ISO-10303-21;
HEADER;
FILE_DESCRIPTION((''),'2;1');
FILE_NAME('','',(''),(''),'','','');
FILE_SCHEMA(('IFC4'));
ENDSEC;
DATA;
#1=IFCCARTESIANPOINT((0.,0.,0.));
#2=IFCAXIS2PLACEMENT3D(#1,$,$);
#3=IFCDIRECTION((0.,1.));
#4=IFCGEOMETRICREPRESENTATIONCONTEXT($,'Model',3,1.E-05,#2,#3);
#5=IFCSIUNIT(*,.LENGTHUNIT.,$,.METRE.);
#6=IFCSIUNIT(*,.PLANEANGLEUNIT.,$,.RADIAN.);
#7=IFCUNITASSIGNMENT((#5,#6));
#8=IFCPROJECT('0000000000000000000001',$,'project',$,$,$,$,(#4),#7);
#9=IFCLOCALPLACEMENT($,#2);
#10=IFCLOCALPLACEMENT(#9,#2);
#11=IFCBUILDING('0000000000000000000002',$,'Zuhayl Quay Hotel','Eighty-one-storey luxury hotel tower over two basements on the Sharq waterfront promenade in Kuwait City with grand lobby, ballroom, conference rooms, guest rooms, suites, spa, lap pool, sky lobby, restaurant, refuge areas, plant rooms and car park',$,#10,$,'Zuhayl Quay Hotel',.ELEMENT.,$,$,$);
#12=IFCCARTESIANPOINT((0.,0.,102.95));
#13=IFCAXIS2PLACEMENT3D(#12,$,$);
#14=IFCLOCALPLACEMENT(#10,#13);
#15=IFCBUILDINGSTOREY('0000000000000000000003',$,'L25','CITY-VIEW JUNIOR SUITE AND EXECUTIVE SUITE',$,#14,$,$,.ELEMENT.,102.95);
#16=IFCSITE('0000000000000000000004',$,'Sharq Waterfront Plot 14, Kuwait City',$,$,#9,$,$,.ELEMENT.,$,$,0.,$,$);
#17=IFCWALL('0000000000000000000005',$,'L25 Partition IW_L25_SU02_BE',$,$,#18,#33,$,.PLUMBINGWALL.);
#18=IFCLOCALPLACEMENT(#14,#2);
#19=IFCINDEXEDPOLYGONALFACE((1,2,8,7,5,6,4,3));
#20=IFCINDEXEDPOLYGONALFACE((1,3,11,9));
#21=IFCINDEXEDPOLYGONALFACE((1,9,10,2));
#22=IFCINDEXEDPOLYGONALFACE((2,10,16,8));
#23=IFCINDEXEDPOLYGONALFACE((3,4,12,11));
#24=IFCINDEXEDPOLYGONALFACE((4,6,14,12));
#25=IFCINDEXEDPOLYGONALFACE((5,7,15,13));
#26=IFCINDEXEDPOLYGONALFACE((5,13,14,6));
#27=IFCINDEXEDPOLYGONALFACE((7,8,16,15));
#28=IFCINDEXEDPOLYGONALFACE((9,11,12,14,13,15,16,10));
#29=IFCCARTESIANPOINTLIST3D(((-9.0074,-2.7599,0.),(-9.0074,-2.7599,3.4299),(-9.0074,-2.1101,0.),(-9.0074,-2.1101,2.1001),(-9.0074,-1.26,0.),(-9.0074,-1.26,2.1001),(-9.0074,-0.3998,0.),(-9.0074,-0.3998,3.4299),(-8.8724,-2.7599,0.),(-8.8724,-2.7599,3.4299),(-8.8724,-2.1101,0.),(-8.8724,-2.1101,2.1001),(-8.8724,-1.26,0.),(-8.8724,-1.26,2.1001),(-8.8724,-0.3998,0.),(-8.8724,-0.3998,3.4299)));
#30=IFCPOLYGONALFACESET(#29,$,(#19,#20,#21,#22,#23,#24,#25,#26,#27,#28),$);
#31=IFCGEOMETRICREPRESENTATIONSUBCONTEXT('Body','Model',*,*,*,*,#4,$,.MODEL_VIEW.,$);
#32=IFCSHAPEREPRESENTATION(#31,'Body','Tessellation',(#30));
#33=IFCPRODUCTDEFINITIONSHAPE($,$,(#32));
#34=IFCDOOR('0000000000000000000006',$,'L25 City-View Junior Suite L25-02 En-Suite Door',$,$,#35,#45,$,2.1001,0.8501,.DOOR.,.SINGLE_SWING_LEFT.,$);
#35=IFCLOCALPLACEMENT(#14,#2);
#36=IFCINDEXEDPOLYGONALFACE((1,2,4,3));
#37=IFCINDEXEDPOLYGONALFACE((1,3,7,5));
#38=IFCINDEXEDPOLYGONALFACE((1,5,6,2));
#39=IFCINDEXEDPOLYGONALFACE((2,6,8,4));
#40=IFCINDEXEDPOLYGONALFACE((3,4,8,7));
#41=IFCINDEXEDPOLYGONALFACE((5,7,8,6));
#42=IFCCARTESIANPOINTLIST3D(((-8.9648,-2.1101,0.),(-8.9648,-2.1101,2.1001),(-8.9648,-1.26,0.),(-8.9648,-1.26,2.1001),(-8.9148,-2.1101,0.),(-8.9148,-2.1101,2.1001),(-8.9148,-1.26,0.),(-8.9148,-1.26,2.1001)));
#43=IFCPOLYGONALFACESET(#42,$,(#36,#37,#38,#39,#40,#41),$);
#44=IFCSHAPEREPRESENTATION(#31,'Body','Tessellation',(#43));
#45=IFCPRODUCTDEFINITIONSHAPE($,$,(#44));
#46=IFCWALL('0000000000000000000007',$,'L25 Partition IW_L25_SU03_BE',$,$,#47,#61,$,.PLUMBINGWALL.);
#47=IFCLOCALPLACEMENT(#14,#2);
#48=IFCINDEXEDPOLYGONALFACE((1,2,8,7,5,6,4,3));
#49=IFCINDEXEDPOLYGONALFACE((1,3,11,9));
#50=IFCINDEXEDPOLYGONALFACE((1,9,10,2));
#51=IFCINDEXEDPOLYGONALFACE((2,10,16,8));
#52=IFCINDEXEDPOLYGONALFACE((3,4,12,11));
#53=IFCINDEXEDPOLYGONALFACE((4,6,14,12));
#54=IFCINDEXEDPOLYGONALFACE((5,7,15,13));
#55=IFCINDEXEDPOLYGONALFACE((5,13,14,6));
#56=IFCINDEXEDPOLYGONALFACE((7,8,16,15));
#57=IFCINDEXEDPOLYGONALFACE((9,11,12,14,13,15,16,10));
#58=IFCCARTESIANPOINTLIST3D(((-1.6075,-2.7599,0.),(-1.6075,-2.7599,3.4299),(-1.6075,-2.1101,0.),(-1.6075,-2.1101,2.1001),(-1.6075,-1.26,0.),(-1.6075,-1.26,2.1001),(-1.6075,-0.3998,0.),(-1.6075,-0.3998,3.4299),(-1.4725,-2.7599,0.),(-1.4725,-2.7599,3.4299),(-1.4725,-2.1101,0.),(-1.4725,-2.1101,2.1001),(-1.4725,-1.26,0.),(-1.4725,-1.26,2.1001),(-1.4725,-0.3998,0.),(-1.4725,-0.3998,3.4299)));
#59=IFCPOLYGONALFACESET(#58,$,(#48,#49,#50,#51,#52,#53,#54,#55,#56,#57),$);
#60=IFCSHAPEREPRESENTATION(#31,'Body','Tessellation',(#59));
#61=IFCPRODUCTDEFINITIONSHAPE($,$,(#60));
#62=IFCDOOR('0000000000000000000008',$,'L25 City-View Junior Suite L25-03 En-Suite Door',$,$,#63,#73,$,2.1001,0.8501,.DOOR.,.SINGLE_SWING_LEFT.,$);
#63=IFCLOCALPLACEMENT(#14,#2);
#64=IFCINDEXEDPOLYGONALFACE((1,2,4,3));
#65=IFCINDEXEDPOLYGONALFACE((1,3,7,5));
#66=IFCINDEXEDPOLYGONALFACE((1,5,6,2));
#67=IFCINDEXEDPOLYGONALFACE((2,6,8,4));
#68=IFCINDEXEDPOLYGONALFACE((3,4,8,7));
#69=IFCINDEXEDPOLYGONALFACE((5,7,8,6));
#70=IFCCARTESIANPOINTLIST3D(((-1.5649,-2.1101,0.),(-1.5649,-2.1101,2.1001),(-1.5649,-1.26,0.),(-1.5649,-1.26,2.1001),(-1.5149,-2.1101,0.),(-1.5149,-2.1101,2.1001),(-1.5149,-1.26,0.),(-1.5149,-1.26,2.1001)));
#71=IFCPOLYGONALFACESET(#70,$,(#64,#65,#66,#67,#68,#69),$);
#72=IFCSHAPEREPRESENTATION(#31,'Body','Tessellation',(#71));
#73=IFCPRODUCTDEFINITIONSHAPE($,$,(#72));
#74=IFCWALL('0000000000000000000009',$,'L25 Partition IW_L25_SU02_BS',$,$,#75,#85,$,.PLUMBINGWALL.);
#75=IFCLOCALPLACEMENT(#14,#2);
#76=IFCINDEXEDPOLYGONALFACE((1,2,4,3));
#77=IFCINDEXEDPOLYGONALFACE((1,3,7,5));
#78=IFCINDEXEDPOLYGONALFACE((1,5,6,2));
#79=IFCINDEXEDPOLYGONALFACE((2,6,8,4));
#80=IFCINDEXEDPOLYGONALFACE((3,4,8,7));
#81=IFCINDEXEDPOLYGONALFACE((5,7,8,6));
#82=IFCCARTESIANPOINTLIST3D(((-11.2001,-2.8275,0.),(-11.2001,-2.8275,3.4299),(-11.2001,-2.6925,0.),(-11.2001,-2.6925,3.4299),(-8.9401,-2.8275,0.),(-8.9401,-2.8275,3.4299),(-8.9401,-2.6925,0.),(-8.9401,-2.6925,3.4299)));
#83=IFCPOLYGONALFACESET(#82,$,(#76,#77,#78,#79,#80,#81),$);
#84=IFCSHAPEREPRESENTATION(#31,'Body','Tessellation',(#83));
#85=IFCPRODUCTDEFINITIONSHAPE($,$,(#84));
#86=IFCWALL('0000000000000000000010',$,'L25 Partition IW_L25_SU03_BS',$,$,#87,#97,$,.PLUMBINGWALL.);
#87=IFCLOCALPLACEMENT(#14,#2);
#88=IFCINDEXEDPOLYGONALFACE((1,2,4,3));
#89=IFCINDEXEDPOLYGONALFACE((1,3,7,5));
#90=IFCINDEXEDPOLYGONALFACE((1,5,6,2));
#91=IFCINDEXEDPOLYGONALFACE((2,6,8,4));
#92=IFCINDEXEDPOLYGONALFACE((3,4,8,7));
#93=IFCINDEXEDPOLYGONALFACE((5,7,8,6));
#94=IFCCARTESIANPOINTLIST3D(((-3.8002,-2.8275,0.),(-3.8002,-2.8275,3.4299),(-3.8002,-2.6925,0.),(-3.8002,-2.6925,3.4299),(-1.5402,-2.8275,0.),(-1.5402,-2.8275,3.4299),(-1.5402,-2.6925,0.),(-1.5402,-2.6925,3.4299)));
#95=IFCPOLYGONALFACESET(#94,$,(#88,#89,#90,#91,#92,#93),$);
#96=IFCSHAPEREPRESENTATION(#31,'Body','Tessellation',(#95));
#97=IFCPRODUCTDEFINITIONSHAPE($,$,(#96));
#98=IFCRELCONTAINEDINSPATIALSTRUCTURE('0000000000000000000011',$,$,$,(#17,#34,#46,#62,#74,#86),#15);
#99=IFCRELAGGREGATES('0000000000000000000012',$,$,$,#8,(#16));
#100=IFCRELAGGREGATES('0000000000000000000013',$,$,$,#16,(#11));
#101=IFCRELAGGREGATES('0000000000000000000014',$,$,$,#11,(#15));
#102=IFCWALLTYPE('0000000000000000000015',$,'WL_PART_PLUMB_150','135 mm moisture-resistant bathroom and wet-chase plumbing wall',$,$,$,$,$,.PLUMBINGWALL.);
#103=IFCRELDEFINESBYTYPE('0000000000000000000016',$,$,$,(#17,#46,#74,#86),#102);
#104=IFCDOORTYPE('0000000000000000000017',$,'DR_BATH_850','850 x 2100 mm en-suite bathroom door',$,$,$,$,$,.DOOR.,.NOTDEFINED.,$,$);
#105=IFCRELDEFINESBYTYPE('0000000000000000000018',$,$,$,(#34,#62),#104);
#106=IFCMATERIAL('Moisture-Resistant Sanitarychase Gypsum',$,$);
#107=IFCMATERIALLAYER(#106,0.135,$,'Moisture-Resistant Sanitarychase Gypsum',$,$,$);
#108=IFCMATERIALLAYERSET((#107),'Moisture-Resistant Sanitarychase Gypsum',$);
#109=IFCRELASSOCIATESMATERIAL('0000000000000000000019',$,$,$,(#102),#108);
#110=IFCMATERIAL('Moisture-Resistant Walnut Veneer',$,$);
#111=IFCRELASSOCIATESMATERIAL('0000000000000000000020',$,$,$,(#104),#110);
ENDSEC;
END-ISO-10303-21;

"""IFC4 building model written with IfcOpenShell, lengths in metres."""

from ifc_helpers import new_model, si_unit, direction, frame, frame_2d, origin, place, context, subcontext, project, spatial, rectangle, extrude, material, layer, layer_set, type_object, element, fill, save


model = new_model("IFC4")

# Units and contexts
model_context = context("Model", 3, precision=1e-05, world=origin(), true_north=direction((0.0, 1.0)))
body_context = subcontext(model_context, "Body", "Model", "MODEL_VIEW")
ifc_project = project(units=[si_unit("LENGTHUNIT", "METRE"), si_unit("PLANEANGLEUNIT", "RADIAN")], contexts=[model_context])

# Site, building, storey
site_placement = place(None, origin())
site = spatial("IfcSite", under=ifc_project, at=site_placement, Name="Sharq Waterfront Plot 14, Kuwait City", CompositionType="ELEMENT", RefElevation=0.0)
building_placement = place(site_placement, origin())
building = spatial("IfcBuilding", under=site, at=building_placement, Name="Zuhayl Quay Hotel", Description="Eighty-one-storey luxury hotel tower over two basements on the Sharq waterfront promenade in Kuwait City with grand lobby, ballroom, conference rooms, guest rooms, suites, spa, lap pool, sky lobby, restaurant, refuge areas, plant rooms and car park", LongName="Zuhayl Quay Hotel", CompositionType="ELEMENT")
storey_placement = place(building_placement, frame((0.0, 0.0, 102.95)))
storey = spatial("IfcBuildingStorey", under=building, at=storey_placement, Name="L25", Description="CITY-VIEW JUNIOR SUITE AND EXECUTIVE SUITE", CompositionType="ELEMENT", Elevation=102.95)

# Walls, openings, doors
ifc_material_1 = material(Name="Moisture-Resistant Sanitarychase Gypsum")
ifc_layer_1 = layer(ifc_material_1, 0.135, Name="Moisture-Resistant Sanitarychase Gypsum")
ifc_layer_set_1 = layer_set([ifc_layer_1], Name="Moisture-Resistant Sanitarychase Gypsum")
wall_type_1 = type_object("IfcWallType", Name="WL_PART_PLUMB_150", Description="135 mm moisture-resistant bathroom and wet-chase plumbing wall", PredefinedType="PLUMBINGWALL", material=ifc_layer_set_1)
wall_1_placement = place(storey_placement, frame((-8.9399, -2.76, 0.0), z_axis=(0.0, 0.0, 1.0), x_axis=(0.0, 1.0, 0.0)))
wall_1 = element("IfcWall", 1, at=wall_1_placement, inside=storey, type_object=wall_type_1, Name="L25 Partition IW_L25_SU02_BE", PredefinedType="PLUMBINGWALL", context=body_context, shape_type="SweptSolid", body=[
    extrude(rectangle(XDim=2.3601, YDim=0.135, at=frame_2d((1.1802, 0.0))), origin(), (0.0, 0.0, 1.0), 3.4299),
])
opening_1_placement = place(wall_1_placement, frame((0.6499, 0.0, 0.0)))
opening_1 = element("IfcOpeningElement", 2, at=opening_1_placement, cuts=wall_1, PredefinedType="OPENING", context=body_context, shape_type="SweptSolid", body=[
    extrude(rectangle(XDim=0.8501, YDim=2.1001, at=frame_2d((0.425, 1.05))), frame((0.0, 0.0774, 0.0), z_axis=(0.0, -1.0, 0.0), x_axis=(1.0, 0.0, 0.0)), (0.0, 0.0, 1.0), 0.155),
])
ifc_material_2 = material(Name="Moisture-Resistant Walnut Veneer")
door_type = type_object("IfcDoorType", Name="DR_BATH_850", Description="850 x 2100 mm en-suite bathroom door", OperationType="NOTDEFINED", PredefinedType="DOOR", material=ifc_material_2)
door_1_placement = place(opening_1_placement, origin())
door_1 = element("IfcDoor", 3, at=door_1_placement, inside=storey, type_object=door_type, Name="L25 City-View Junior Suite L25-02 En-Suite Door", OperationType="SINGLE_SWING_LEFT", OverallHeight=2.1001, OverallWidth=0.8501, PredefinedType="DOOR", context=body_context, shape_type="SweptSolid", body=[
    extrude(rectangle(XDim=0.8501, YDim=2.1001, at=frame_2d((0.425, 1.05))), frame((0.0, 0.0249, 0.0), z_axis=(0.0, -1.0, 0.0), x_axis=(1.0, 0.0, 0.0)), (0.0, 0.0, 1.0), 0.05),
])
fill(opening_1, door_1)
wall_2_placement = place(storey_placement, frame((-1.54, -2.76, 0.0), z_axis=(0.0, 0.0, 1.0), x_axis=(0.0, 1.0, 0.0)))
wall_2 = element("IfcWall", 4, at=wall_2_placement, inside=storey, type_object=wall_type_1, Name="L25 Partition IW_L25_SU03_BE", PredefinedType="PLUMBINGWALL", context=body_context, shape_type="SweptSolid", body=[
    extrude(rectangle(XDim=2.3601, YDim=0.135, at=frame_2d((1.1802, 0.0))), origin(), (0.0, 0.0, 1.0), 3.4299),
])
opening_2_placement = place(wall_2_placement, frame((0.6499, 0.0, 0.0)))
opening_2 = element("IfcOpeningElement", 5, at=opening_2_placement, cuts=wall_2, PredefinedType="OPENING", context=body_context, shape_type="SweptSolid", body=[
    extrude(rectangle(XDim=0.8501, YDim=2.1001, at=frame_2d((0.425, 1.05))), frame((0.0, 0.0774, 0.0), z_axis=(0.0, -1.0, 0.0), x_axis=(1.0, 0.0, 0.0)), (0.0, 0.0, 1.0), 0.155),
])
door_2_placement = place(opening_2_placement, origin())
door_2 = element("IfcDoor", 6, at=door_2_placement, inside=storey, type_object=door_type, Name="L25 City-View Junior Suite L25-03 En-Suite Door", OperationType="SINGLE_SWING_LEFT", OverallHeight=2.1001, OverallWidth=0.8501, PredefinedType="DOOR", context=body_context, shape_type="SweptSolid", body=[
    extrude(rectangle(XDim=0.8501, YDim=2.1001, at=frame_2d((0.425, 1.05))), frame((0.0, 0.0249, 0.0), z_axis=(0.0, -1.0, 0.0), x_axis=(1.0, 0.0, 0.0)), (0.0, 0.0, 1.0), 0.05),
])
fill(opening_2, door_2)

# Walls
for number, where, z_axis, x_axis, name in (
    (7, (-11.2, -2.76, 0.0), (0.0, 0.0, 1.0), (1.0, 0.0, 0.0), "L25 Partition IW_L25_SU02_BS"),
    (8, (-3.8, -2.76, 0.0), (0.0, 0.0, 1.0), (1.0, 0.0, 0.0), "L25 Partition IW_L25_SU03_BS"),
):
    element("IfcWall", number, at=place(storey_placement, frame(where, z_axis=z_axis, x_axis=x_axis)), inside=storey, type_object=wall_type_1, Name=name, PredefinedType="PLUMBINGWALL", context=body_context, shape_type="SweptSolid", body=[
        extrude(rectangle(XDim=2.26, YDim=0.135, at=frame_2d((1.1299, 0.0))), origin(), (0.0, 0.0, 1.0), 3.4299),
    ])

save(model, "model.ifc")
